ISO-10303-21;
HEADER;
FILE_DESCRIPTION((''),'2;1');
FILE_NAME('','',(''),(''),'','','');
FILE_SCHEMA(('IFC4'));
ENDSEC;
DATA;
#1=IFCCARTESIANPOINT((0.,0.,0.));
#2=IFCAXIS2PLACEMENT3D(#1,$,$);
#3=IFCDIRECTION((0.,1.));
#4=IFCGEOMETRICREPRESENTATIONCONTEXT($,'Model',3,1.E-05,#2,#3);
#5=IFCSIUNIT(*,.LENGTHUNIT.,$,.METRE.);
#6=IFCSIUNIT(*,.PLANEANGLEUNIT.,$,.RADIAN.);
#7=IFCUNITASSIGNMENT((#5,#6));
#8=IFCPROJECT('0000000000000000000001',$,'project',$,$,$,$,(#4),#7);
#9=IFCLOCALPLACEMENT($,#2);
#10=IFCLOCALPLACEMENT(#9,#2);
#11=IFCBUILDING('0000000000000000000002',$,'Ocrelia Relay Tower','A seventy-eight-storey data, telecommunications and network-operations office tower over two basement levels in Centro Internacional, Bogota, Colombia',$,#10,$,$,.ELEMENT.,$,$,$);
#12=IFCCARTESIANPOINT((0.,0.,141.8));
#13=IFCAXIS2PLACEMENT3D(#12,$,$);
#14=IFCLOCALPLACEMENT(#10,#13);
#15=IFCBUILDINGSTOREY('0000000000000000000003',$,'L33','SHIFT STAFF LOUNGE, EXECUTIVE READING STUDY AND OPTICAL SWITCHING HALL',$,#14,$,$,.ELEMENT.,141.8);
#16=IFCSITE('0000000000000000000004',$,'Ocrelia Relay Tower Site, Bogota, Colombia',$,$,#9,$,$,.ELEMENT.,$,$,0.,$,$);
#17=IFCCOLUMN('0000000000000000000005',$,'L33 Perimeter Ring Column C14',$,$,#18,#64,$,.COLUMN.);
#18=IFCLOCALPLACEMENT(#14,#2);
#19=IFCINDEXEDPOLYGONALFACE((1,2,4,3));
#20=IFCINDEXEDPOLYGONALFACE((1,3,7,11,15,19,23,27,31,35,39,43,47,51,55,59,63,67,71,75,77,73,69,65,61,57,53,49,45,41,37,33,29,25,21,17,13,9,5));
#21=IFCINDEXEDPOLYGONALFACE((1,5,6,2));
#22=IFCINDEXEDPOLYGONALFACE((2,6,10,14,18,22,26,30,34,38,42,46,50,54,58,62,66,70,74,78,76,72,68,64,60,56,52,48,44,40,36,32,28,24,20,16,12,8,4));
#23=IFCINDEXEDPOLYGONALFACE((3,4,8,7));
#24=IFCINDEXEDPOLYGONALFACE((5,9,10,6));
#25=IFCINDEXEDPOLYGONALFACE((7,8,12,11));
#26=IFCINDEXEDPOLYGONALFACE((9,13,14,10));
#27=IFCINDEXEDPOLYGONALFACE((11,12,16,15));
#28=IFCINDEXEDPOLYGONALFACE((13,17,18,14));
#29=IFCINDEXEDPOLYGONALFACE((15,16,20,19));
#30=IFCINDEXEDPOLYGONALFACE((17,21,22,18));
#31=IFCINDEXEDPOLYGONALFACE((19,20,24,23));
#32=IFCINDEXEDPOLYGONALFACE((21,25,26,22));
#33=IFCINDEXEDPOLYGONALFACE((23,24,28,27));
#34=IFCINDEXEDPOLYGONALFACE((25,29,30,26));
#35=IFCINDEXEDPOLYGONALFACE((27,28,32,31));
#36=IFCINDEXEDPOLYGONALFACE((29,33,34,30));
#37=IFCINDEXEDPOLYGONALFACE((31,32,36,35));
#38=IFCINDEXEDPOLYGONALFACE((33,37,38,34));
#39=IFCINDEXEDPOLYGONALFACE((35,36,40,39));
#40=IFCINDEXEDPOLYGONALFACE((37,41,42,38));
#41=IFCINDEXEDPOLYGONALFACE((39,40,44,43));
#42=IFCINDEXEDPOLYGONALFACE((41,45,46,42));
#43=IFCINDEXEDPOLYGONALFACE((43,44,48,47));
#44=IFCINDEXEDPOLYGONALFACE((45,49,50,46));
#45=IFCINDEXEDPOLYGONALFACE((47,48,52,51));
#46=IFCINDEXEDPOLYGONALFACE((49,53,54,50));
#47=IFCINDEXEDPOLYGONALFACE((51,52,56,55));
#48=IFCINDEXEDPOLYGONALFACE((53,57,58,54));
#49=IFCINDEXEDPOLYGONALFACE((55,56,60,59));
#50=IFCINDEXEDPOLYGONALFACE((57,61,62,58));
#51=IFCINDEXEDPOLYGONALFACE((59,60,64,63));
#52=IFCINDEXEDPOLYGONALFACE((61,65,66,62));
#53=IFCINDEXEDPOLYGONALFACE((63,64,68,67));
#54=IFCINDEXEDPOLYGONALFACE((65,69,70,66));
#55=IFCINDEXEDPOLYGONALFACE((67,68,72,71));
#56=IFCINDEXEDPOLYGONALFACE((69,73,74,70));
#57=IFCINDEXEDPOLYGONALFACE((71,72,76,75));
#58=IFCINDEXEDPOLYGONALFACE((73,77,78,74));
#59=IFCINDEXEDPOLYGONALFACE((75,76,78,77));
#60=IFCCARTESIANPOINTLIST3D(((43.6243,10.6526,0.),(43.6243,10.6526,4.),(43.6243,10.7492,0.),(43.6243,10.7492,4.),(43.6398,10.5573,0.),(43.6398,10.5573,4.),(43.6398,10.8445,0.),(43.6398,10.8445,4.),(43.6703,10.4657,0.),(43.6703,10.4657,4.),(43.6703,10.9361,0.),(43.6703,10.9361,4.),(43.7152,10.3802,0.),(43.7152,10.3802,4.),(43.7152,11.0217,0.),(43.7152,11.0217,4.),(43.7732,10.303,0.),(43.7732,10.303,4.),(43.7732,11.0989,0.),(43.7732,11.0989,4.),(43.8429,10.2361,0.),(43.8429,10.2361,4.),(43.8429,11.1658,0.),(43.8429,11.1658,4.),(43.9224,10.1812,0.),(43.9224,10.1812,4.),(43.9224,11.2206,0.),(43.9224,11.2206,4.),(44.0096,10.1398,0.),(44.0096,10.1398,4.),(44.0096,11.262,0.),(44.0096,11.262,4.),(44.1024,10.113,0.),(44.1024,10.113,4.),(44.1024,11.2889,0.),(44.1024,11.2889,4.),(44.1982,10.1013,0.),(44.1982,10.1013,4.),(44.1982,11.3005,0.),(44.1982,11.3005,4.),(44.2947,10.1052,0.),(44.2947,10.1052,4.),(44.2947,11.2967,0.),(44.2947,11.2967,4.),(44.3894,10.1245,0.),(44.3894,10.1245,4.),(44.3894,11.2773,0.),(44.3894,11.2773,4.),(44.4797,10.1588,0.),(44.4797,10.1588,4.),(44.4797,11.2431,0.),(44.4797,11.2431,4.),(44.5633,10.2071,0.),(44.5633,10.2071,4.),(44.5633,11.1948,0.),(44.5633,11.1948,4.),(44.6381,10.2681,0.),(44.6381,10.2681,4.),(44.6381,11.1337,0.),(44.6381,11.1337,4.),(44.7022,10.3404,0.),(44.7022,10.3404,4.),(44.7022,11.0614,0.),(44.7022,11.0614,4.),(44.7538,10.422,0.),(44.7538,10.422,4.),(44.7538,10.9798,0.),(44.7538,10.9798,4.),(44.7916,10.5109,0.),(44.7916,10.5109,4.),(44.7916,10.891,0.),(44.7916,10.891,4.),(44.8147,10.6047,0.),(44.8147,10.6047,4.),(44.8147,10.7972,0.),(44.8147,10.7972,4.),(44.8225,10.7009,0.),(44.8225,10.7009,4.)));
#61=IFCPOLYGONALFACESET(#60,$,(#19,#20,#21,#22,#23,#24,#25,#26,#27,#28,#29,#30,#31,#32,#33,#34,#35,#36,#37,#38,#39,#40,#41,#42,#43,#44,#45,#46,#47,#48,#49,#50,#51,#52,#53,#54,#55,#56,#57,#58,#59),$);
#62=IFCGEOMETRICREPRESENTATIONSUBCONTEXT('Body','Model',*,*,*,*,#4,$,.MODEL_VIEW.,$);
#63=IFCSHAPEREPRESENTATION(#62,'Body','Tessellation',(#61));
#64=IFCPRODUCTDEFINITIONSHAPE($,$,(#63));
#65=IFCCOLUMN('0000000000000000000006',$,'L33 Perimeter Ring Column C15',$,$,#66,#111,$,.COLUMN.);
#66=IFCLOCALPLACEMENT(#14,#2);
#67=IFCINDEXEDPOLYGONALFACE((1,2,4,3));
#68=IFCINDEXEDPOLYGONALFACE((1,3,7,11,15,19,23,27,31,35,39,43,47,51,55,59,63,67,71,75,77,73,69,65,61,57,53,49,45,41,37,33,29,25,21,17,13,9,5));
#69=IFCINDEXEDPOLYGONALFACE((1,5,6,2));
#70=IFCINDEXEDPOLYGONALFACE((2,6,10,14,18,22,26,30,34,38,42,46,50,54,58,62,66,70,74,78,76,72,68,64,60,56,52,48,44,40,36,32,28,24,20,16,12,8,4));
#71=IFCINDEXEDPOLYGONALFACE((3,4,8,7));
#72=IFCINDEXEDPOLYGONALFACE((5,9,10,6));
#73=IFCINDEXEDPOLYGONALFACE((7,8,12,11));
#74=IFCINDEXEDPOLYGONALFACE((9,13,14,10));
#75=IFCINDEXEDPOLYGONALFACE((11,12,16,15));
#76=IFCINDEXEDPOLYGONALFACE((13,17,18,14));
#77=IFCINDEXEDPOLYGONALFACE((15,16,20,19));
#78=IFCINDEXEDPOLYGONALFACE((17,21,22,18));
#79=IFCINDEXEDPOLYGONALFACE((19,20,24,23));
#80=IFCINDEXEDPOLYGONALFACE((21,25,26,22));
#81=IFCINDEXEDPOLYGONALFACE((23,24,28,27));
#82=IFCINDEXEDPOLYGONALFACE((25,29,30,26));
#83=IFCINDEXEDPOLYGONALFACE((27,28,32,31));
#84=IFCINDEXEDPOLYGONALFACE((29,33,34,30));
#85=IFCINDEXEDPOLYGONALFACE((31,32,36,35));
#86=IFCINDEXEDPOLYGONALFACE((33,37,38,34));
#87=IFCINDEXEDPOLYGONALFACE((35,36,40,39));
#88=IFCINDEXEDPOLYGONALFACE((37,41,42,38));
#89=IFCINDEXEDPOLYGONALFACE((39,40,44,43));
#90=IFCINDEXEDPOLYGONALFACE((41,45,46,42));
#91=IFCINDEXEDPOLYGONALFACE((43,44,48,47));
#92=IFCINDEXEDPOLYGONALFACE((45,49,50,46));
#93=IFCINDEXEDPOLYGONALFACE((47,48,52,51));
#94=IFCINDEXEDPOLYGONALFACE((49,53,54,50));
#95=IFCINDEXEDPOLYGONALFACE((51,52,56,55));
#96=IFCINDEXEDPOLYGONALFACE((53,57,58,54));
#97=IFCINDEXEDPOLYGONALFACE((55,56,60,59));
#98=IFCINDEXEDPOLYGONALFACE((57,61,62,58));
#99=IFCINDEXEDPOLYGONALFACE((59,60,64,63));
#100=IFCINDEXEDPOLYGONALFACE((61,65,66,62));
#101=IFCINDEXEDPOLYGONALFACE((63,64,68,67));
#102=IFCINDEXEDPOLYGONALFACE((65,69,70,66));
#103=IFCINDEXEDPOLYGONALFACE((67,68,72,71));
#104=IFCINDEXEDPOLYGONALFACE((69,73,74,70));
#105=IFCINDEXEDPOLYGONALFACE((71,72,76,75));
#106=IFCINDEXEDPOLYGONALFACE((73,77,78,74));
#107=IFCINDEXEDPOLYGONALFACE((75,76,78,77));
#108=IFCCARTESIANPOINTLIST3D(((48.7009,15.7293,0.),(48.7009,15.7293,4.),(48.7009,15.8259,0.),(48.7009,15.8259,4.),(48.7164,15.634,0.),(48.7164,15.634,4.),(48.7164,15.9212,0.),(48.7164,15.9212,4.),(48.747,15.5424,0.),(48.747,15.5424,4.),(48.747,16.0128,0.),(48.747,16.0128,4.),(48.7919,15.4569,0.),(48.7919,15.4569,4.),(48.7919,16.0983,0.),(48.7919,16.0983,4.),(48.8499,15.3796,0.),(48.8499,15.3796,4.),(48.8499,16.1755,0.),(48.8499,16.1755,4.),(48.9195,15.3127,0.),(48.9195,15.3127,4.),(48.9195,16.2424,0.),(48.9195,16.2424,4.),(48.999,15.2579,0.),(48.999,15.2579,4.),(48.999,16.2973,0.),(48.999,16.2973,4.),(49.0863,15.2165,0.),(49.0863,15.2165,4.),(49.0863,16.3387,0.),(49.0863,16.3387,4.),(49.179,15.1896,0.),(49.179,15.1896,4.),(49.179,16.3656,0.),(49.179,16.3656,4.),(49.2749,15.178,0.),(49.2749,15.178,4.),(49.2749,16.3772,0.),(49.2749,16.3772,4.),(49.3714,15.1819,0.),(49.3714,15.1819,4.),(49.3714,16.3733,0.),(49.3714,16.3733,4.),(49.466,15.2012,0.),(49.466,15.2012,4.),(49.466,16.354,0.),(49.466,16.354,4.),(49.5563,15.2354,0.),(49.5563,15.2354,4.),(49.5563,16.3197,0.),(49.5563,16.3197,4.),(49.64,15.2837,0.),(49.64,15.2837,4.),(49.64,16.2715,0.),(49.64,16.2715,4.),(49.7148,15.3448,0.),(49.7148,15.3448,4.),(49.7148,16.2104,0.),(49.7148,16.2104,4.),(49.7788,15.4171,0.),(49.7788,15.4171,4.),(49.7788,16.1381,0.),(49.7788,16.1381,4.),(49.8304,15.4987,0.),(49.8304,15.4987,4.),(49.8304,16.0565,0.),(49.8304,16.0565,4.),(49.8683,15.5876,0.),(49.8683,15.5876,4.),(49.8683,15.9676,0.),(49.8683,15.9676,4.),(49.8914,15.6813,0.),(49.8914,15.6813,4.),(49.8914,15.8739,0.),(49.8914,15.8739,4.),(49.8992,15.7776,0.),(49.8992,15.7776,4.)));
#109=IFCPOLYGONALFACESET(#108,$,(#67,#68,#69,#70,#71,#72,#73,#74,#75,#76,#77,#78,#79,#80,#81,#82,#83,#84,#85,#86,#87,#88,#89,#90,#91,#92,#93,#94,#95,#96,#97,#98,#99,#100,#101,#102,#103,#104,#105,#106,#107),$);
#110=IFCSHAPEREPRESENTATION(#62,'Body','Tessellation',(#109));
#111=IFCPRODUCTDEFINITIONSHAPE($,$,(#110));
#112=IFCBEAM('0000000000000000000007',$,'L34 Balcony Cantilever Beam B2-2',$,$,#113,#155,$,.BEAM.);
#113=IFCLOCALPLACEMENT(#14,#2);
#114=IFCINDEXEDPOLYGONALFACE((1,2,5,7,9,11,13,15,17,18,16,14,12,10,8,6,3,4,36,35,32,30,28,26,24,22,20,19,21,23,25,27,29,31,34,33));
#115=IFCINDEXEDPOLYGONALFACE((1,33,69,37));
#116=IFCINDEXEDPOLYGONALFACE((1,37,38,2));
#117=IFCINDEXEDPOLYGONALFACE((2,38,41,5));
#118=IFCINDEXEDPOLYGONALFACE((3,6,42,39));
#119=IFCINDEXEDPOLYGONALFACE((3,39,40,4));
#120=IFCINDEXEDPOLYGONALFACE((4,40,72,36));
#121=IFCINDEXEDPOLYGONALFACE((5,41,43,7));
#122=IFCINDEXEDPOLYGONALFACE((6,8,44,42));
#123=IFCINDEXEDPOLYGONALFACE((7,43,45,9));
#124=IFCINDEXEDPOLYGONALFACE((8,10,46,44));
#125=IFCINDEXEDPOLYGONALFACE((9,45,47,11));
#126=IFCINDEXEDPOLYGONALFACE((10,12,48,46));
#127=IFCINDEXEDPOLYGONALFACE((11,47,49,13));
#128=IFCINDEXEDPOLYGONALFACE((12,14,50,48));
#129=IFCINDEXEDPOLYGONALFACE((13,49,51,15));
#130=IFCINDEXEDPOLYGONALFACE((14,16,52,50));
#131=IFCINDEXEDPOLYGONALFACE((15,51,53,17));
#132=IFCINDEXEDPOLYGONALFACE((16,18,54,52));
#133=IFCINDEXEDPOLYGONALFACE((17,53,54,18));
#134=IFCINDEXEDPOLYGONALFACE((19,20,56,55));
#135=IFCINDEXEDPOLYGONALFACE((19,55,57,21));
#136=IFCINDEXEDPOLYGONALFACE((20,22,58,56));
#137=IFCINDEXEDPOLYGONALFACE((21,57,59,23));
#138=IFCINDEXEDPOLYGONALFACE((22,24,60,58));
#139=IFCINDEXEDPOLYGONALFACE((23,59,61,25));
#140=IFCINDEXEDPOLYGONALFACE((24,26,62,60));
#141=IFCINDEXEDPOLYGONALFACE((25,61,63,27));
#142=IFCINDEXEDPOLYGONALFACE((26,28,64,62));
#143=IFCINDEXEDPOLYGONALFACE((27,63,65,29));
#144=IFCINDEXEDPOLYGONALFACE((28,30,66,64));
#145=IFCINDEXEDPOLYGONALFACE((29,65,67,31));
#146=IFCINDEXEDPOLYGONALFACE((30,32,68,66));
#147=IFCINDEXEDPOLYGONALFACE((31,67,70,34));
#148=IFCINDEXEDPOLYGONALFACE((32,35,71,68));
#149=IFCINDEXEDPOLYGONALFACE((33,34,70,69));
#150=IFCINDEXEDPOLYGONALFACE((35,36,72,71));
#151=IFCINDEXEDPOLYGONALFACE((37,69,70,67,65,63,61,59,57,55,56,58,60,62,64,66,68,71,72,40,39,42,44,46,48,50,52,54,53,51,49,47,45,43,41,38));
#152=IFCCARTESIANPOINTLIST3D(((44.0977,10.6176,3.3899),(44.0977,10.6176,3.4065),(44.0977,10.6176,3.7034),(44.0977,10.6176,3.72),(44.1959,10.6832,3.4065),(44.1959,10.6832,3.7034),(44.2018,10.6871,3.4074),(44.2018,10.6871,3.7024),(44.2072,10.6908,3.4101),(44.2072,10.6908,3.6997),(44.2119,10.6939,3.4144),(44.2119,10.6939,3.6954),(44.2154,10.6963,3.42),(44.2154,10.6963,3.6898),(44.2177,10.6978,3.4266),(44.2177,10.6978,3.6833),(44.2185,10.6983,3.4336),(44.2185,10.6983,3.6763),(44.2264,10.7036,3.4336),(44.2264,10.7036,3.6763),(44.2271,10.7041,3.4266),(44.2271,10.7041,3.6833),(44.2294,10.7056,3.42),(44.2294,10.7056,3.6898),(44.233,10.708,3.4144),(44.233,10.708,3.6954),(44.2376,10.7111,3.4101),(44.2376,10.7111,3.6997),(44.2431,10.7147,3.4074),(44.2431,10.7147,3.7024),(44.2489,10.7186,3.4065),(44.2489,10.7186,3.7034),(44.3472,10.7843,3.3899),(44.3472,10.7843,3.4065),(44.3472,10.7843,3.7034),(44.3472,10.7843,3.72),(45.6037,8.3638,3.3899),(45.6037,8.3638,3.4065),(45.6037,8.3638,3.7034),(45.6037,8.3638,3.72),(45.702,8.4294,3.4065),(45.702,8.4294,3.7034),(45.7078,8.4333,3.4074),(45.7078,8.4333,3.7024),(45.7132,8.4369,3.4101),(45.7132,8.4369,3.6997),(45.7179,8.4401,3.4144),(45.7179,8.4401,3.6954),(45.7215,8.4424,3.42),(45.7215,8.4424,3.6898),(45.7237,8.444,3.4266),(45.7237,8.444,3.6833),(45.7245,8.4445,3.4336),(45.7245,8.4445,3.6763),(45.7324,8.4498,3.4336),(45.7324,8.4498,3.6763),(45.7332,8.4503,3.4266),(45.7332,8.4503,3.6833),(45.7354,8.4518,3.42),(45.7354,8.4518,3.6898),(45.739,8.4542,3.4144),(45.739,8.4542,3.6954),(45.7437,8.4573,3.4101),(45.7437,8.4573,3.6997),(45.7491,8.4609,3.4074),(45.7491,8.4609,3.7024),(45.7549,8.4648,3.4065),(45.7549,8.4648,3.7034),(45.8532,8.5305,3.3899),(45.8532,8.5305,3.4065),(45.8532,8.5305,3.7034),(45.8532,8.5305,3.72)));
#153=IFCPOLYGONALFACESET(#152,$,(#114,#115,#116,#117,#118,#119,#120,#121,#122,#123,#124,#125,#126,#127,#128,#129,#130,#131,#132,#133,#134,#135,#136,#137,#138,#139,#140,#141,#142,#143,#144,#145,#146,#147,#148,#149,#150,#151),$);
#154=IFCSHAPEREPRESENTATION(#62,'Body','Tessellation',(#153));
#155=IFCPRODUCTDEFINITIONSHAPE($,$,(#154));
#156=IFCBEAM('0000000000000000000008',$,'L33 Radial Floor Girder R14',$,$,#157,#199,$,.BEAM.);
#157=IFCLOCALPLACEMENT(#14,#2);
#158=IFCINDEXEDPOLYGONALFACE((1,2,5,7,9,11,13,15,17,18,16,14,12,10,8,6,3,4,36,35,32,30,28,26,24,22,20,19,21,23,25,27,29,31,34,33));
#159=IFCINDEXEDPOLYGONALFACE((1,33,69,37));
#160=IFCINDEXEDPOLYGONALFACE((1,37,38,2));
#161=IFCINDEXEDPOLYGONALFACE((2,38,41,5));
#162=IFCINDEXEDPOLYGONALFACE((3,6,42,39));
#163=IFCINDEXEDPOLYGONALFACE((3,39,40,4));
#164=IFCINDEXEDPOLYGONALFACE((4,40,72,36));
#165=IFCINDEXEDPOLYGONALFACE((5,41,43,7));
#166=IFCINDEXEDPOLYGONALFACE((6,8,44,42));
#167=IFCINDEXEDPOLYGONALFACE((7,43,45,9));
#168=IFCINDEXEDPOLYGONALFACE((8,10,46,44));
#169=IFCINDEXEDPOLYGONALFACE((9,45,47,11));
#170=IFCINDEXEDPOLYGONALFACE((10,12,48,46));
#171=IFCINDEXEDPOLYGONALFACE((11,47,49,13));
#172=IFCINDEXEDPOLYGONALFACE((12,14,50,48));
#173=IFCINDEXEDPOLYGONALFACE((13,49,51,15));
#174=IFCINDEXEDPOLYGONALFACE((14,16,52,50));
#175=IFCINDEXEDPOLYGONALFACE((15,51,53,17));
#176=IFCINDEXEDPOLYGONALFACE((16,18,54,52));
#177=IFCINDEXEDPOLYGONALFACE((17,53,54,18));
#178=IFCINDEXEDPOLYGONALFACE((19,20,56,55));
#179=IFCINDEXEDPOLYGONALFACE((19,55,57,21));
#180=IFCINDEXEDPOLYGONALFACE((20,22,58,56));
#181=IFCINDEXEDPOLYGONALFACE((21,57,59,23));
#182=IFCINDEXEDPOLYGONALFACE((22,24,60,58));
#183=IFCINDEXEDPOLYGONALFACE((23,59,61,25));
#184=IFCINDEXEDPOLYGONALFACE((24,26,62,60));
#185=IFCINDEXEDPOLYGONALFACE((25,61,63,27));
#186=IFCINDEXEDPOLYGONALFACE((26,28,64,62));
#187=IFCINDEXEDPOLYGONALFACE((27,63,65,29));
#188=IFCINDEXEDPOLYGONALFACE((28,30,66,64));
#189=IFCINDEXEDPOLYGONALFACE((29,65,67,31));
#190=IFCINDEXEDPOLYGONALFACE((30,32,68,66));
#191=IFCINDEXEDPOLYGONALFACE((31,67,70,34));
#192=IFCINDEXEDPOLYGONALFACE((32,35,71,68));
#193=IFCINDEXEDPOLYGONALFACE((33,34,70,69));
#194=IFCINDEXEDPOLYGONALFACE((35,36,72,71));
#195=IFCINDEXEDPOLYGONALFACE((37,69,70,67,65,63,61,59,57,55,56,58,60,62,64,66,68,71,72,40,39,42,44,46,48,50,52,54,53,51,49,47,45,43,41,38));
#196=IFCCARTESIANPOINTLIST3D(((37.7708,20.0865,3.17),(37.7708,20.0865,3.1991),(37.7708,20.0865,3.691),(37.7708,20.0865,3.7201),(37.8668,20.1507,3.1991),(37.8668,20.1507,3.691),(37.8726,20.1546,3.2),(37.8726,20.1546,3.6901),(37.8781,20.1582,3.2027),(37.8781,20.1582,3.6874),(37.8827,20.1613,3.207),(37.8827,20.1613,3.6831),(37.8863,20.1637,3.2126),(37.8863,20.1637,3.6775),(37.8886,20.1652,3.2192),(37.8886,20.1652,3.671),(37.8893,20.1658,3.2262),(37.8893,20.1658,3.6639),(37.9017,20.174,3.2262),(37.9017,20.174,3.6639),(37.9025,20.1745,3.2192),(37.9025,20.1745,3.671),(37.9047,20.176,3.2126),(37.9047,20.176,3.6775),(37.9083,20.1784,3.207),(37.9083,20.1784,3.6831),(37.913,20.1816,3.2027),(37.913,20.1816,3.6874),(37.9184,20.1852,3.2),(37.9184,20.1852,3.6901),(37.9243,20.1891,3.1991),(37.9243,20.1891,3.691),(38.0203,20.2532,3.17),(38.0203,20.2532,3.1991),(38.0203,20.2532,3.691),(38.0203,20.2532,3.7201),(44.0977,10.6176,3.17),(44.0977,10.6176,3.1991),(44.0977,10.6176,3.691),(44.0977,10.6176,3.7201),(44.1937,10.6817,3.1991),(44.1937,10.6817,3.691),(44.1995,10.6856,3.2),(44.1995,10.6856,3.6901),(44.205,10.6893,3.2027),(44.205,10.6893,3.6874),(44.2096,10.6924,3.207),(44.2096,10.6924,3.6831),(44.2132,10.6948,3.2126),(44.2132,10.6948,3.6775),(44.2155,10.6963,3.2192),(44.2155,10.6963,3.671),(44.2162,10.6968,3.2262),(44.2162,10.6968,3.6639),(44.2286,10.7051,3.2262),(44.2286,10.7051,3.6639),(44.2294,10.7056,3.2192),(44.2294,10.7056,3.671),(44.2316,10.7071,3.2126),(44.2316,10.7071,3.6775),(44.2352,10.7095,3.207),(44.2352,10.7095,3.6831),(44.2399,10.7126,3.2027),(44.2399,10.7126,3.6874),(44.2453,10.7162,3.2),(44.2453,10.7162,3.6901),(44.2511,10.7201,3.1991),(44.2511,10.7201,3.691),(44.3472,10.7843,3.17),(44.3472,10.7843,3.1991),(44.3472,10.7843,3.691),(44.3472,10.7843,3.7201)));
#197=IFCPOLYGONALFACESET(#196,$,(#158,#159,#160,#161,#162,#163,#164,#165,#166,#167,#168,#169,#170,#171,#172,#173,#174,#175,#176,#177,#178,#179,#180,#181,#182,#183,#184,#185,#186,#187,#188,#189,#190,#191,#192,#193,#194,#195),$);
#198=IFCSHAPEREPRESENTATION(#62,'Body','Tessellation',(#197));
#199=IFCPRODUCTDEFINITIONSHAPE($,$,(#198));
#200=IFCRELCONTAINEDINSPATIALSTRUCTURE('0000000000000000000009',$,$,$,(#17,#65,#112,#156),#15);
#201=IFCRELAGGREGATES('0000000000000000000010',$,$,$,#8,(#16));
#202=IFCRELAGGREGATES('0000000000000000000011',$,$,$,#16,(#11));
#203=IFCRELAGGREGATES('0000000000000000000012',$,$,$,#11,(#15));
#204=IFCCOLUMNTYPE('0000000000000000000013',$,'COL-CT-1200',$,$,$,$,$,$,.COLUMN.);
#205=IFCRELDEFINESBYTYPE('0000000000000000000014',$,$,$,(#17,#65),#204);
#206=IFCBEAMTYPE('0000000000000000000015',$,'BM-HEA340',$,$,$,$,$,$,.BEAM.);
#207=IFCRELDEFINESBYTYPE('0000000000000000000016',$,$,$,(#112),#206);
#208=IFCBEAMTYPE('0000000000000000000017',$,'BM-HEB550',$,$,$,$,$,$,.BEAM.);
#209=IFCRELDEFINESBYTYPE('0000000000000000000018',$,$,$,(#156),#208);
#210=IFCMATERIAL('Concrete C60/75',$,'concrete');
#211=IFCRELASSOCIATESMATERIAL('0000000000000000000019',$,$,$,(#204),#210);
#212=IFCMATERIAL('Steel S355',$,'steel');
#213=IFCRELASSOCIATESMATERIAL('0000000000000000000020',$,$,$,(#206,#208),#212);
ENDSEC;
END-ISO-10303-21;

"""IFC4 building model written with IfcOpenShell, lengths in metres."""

from ifc_helpers import new_model, si_unit, direction, frame, origin, origin_2d, place, context, subcontext, project, spatial, circle, i_section, extrude, material, material_profile, profile_set, type_object, element, save


model = new_model("IFC4")

# Units and contexts
model_context = context("Model", 3, precision=1e-05, world=origin(), true_north=direction((0.0, 1.0)))
body_context = subcontext(model_context, "Body", "Model", "MODEL_VIEW")
ifc_project = project(units=[si_unit("LENGTHUNIT", "METRE"), si_unit("PLANEANGLEUNIT", "RADIAN")], contexts=[model_context])

# Site, building, storey
site_placement = place(None, origin())
site = spatial("IfcSite", under=ifc_project, at=site_placement, Name="Ocrelia Relay Tower Site, Bogota, Colombia", CompositionType="ELEMENT", RefElevation=0.0)
building_placement = place(site_placement, origin())
building = spatial("IfcBuilding", under=site, at=building_placement, Name="Ocrelia Relay Tower", Description="A seventy-eight-storey data, telecommunications and network-operations office tower over two basement levels in Centro Internacional, Bogota, Colombia", CompositionType="ELEMENT")
storey_placement = place(building_placement, frame((0.0, 0.0, 141.8)))
storey = spatial("IfcBuildingStorey", under=building, at=storey_placement, Name="L33", Description="SHIFT STAFF LOUNGE, EXECUTIVE READING STUDY AND OPTICAL SWITCHING HALL", CompositionType="ELEMENT", Elevation=141.8)

# Columns
ifc_material_1 = material(Name="Concrete C60/75", Category="concrete")
ifc_material_profile_1 = material_profile(ifc_material_1, circle(Radius=0.6001, at=origin_2d()), Name="RC-CIR-1200")
ifc_profile_set_1 = profile_set([ifc_material_profile_1], Name="Concrete C60/75")
column_type = type_object("IfcColumnType", Name="COL-CT-1200", PredefinedType="COLUMN", material=ifc_profile_set_1)
for number, where, z_axis, x_axis, name in (
    (1, (44.2224, 10.7009, 0.0), (0.0, 0.0, 1.0), (1.0, 0.0, 0.0), "L33 Perimeter Ring Column C14"),
    (2, (49.2991, 15.7776, 0.0), (0.0, 0.0, 1.0), (1.0, 0.0, 0.0), "L33 Perimeter Ring Column C15"),
):
    element("IfcColumn", number, at=place(storey_placement, frame(where, z_axis=z_axis, x_axis=x_axis)), inside=storey, type_object=column_type, Name=name, PredefinedType="COLUMN", context=body_context, shape_type="SweptSolid", body=[
        extrude(circle(Radius=0.6001, at=origin_2d()), origin(), (0.0, 0.0, 1.0), 4.0),
    ])

# Beams
ifc_material_2 = material(Name="Steel S355", Category="steel")
ifc_material_profile_2 = material_profile(ifc_material_2, i_section(OverallWidth=0.3, OverallDepth=0.3301, WebThickness=0.0095, FlangeThickness=0.0166, FilletRadius=0.0271, at=origin_2d()), Name="HEA 340")
ifc_profile_set_2 = profile_set([ifc_material_profile_2], Name="Steel S355")
beam_type_1 = type_object("IfcBeamType", Name="BM-HEA340", PredefinedType="BEAM", material=ifc_profile_set_2)
beam_1_placement = place(storey_placement, frame((44.2224, 10.7009, 3.5549), z_axis=(0.555594, -0.831454, 0.0), x_axis=(0.831454, 0.555594, 0.0)))
element("IfcBeam", 3, at=beam_1_placement, inside=storey, type_object=beam_type_1, Name="L34 Balcony Cantilever Beam B2-2", PredefinedType="BEAM", context=body_context, shape_type="SweptSolid", body=[
    extrude(i_section(OverallWidth=0.3, OverallDepth=0.3301, WebThickness=0.0095, FlangeThickness=0.0166, FilletRadius=0.0271, at=origin_2d()), origin(), (0.0, 0.0, 1.0), 2.7107),
])
ifc_material_profile_3 = material_profile(ifc_material_2, i_section(OverallWidth=0.3, OverallDepth=0.55, WebThickness=0.0149, FlangeThickness=0.0291, FilletRadius=0.0271, at=origin_2d()), Name="HEB 550")
ifc_profile_set_3 = profile_set([ifc_material_profile_3], Name="Steel S355")
beam_type_2 = type_object("IfcBeamType", Name="BM-HEB550", PredefinedType="BEAM", material=ifc_profile_set_3)
beam_2_placement = place(storey_placement, frame((44.2224, 10.7009, 3.4451), z_axis=(-0.555566, 0.831473, 0.0), x_axis=(-0.831473, -0.555566, 0.0)))
element("IfcBeam", 4, at=beam_2_placement, inside=storey, type_object=beam_type_2, Name="L33 Radial Floor Girder R14", PredefinedType="BEAM", context=body_context, shape_type="SweptSolid", body=[
    extrude(i_section(OverallWidth=0.3, OverallDepth=0.55, WebThickness=0.0149, FlangeThickness=0.0291, FilletRadius=0.0271, at=origin_2d()), origin(), (0.0, 0.0, 1.0), 11.3882),
])

save(model, "model.ifc")
